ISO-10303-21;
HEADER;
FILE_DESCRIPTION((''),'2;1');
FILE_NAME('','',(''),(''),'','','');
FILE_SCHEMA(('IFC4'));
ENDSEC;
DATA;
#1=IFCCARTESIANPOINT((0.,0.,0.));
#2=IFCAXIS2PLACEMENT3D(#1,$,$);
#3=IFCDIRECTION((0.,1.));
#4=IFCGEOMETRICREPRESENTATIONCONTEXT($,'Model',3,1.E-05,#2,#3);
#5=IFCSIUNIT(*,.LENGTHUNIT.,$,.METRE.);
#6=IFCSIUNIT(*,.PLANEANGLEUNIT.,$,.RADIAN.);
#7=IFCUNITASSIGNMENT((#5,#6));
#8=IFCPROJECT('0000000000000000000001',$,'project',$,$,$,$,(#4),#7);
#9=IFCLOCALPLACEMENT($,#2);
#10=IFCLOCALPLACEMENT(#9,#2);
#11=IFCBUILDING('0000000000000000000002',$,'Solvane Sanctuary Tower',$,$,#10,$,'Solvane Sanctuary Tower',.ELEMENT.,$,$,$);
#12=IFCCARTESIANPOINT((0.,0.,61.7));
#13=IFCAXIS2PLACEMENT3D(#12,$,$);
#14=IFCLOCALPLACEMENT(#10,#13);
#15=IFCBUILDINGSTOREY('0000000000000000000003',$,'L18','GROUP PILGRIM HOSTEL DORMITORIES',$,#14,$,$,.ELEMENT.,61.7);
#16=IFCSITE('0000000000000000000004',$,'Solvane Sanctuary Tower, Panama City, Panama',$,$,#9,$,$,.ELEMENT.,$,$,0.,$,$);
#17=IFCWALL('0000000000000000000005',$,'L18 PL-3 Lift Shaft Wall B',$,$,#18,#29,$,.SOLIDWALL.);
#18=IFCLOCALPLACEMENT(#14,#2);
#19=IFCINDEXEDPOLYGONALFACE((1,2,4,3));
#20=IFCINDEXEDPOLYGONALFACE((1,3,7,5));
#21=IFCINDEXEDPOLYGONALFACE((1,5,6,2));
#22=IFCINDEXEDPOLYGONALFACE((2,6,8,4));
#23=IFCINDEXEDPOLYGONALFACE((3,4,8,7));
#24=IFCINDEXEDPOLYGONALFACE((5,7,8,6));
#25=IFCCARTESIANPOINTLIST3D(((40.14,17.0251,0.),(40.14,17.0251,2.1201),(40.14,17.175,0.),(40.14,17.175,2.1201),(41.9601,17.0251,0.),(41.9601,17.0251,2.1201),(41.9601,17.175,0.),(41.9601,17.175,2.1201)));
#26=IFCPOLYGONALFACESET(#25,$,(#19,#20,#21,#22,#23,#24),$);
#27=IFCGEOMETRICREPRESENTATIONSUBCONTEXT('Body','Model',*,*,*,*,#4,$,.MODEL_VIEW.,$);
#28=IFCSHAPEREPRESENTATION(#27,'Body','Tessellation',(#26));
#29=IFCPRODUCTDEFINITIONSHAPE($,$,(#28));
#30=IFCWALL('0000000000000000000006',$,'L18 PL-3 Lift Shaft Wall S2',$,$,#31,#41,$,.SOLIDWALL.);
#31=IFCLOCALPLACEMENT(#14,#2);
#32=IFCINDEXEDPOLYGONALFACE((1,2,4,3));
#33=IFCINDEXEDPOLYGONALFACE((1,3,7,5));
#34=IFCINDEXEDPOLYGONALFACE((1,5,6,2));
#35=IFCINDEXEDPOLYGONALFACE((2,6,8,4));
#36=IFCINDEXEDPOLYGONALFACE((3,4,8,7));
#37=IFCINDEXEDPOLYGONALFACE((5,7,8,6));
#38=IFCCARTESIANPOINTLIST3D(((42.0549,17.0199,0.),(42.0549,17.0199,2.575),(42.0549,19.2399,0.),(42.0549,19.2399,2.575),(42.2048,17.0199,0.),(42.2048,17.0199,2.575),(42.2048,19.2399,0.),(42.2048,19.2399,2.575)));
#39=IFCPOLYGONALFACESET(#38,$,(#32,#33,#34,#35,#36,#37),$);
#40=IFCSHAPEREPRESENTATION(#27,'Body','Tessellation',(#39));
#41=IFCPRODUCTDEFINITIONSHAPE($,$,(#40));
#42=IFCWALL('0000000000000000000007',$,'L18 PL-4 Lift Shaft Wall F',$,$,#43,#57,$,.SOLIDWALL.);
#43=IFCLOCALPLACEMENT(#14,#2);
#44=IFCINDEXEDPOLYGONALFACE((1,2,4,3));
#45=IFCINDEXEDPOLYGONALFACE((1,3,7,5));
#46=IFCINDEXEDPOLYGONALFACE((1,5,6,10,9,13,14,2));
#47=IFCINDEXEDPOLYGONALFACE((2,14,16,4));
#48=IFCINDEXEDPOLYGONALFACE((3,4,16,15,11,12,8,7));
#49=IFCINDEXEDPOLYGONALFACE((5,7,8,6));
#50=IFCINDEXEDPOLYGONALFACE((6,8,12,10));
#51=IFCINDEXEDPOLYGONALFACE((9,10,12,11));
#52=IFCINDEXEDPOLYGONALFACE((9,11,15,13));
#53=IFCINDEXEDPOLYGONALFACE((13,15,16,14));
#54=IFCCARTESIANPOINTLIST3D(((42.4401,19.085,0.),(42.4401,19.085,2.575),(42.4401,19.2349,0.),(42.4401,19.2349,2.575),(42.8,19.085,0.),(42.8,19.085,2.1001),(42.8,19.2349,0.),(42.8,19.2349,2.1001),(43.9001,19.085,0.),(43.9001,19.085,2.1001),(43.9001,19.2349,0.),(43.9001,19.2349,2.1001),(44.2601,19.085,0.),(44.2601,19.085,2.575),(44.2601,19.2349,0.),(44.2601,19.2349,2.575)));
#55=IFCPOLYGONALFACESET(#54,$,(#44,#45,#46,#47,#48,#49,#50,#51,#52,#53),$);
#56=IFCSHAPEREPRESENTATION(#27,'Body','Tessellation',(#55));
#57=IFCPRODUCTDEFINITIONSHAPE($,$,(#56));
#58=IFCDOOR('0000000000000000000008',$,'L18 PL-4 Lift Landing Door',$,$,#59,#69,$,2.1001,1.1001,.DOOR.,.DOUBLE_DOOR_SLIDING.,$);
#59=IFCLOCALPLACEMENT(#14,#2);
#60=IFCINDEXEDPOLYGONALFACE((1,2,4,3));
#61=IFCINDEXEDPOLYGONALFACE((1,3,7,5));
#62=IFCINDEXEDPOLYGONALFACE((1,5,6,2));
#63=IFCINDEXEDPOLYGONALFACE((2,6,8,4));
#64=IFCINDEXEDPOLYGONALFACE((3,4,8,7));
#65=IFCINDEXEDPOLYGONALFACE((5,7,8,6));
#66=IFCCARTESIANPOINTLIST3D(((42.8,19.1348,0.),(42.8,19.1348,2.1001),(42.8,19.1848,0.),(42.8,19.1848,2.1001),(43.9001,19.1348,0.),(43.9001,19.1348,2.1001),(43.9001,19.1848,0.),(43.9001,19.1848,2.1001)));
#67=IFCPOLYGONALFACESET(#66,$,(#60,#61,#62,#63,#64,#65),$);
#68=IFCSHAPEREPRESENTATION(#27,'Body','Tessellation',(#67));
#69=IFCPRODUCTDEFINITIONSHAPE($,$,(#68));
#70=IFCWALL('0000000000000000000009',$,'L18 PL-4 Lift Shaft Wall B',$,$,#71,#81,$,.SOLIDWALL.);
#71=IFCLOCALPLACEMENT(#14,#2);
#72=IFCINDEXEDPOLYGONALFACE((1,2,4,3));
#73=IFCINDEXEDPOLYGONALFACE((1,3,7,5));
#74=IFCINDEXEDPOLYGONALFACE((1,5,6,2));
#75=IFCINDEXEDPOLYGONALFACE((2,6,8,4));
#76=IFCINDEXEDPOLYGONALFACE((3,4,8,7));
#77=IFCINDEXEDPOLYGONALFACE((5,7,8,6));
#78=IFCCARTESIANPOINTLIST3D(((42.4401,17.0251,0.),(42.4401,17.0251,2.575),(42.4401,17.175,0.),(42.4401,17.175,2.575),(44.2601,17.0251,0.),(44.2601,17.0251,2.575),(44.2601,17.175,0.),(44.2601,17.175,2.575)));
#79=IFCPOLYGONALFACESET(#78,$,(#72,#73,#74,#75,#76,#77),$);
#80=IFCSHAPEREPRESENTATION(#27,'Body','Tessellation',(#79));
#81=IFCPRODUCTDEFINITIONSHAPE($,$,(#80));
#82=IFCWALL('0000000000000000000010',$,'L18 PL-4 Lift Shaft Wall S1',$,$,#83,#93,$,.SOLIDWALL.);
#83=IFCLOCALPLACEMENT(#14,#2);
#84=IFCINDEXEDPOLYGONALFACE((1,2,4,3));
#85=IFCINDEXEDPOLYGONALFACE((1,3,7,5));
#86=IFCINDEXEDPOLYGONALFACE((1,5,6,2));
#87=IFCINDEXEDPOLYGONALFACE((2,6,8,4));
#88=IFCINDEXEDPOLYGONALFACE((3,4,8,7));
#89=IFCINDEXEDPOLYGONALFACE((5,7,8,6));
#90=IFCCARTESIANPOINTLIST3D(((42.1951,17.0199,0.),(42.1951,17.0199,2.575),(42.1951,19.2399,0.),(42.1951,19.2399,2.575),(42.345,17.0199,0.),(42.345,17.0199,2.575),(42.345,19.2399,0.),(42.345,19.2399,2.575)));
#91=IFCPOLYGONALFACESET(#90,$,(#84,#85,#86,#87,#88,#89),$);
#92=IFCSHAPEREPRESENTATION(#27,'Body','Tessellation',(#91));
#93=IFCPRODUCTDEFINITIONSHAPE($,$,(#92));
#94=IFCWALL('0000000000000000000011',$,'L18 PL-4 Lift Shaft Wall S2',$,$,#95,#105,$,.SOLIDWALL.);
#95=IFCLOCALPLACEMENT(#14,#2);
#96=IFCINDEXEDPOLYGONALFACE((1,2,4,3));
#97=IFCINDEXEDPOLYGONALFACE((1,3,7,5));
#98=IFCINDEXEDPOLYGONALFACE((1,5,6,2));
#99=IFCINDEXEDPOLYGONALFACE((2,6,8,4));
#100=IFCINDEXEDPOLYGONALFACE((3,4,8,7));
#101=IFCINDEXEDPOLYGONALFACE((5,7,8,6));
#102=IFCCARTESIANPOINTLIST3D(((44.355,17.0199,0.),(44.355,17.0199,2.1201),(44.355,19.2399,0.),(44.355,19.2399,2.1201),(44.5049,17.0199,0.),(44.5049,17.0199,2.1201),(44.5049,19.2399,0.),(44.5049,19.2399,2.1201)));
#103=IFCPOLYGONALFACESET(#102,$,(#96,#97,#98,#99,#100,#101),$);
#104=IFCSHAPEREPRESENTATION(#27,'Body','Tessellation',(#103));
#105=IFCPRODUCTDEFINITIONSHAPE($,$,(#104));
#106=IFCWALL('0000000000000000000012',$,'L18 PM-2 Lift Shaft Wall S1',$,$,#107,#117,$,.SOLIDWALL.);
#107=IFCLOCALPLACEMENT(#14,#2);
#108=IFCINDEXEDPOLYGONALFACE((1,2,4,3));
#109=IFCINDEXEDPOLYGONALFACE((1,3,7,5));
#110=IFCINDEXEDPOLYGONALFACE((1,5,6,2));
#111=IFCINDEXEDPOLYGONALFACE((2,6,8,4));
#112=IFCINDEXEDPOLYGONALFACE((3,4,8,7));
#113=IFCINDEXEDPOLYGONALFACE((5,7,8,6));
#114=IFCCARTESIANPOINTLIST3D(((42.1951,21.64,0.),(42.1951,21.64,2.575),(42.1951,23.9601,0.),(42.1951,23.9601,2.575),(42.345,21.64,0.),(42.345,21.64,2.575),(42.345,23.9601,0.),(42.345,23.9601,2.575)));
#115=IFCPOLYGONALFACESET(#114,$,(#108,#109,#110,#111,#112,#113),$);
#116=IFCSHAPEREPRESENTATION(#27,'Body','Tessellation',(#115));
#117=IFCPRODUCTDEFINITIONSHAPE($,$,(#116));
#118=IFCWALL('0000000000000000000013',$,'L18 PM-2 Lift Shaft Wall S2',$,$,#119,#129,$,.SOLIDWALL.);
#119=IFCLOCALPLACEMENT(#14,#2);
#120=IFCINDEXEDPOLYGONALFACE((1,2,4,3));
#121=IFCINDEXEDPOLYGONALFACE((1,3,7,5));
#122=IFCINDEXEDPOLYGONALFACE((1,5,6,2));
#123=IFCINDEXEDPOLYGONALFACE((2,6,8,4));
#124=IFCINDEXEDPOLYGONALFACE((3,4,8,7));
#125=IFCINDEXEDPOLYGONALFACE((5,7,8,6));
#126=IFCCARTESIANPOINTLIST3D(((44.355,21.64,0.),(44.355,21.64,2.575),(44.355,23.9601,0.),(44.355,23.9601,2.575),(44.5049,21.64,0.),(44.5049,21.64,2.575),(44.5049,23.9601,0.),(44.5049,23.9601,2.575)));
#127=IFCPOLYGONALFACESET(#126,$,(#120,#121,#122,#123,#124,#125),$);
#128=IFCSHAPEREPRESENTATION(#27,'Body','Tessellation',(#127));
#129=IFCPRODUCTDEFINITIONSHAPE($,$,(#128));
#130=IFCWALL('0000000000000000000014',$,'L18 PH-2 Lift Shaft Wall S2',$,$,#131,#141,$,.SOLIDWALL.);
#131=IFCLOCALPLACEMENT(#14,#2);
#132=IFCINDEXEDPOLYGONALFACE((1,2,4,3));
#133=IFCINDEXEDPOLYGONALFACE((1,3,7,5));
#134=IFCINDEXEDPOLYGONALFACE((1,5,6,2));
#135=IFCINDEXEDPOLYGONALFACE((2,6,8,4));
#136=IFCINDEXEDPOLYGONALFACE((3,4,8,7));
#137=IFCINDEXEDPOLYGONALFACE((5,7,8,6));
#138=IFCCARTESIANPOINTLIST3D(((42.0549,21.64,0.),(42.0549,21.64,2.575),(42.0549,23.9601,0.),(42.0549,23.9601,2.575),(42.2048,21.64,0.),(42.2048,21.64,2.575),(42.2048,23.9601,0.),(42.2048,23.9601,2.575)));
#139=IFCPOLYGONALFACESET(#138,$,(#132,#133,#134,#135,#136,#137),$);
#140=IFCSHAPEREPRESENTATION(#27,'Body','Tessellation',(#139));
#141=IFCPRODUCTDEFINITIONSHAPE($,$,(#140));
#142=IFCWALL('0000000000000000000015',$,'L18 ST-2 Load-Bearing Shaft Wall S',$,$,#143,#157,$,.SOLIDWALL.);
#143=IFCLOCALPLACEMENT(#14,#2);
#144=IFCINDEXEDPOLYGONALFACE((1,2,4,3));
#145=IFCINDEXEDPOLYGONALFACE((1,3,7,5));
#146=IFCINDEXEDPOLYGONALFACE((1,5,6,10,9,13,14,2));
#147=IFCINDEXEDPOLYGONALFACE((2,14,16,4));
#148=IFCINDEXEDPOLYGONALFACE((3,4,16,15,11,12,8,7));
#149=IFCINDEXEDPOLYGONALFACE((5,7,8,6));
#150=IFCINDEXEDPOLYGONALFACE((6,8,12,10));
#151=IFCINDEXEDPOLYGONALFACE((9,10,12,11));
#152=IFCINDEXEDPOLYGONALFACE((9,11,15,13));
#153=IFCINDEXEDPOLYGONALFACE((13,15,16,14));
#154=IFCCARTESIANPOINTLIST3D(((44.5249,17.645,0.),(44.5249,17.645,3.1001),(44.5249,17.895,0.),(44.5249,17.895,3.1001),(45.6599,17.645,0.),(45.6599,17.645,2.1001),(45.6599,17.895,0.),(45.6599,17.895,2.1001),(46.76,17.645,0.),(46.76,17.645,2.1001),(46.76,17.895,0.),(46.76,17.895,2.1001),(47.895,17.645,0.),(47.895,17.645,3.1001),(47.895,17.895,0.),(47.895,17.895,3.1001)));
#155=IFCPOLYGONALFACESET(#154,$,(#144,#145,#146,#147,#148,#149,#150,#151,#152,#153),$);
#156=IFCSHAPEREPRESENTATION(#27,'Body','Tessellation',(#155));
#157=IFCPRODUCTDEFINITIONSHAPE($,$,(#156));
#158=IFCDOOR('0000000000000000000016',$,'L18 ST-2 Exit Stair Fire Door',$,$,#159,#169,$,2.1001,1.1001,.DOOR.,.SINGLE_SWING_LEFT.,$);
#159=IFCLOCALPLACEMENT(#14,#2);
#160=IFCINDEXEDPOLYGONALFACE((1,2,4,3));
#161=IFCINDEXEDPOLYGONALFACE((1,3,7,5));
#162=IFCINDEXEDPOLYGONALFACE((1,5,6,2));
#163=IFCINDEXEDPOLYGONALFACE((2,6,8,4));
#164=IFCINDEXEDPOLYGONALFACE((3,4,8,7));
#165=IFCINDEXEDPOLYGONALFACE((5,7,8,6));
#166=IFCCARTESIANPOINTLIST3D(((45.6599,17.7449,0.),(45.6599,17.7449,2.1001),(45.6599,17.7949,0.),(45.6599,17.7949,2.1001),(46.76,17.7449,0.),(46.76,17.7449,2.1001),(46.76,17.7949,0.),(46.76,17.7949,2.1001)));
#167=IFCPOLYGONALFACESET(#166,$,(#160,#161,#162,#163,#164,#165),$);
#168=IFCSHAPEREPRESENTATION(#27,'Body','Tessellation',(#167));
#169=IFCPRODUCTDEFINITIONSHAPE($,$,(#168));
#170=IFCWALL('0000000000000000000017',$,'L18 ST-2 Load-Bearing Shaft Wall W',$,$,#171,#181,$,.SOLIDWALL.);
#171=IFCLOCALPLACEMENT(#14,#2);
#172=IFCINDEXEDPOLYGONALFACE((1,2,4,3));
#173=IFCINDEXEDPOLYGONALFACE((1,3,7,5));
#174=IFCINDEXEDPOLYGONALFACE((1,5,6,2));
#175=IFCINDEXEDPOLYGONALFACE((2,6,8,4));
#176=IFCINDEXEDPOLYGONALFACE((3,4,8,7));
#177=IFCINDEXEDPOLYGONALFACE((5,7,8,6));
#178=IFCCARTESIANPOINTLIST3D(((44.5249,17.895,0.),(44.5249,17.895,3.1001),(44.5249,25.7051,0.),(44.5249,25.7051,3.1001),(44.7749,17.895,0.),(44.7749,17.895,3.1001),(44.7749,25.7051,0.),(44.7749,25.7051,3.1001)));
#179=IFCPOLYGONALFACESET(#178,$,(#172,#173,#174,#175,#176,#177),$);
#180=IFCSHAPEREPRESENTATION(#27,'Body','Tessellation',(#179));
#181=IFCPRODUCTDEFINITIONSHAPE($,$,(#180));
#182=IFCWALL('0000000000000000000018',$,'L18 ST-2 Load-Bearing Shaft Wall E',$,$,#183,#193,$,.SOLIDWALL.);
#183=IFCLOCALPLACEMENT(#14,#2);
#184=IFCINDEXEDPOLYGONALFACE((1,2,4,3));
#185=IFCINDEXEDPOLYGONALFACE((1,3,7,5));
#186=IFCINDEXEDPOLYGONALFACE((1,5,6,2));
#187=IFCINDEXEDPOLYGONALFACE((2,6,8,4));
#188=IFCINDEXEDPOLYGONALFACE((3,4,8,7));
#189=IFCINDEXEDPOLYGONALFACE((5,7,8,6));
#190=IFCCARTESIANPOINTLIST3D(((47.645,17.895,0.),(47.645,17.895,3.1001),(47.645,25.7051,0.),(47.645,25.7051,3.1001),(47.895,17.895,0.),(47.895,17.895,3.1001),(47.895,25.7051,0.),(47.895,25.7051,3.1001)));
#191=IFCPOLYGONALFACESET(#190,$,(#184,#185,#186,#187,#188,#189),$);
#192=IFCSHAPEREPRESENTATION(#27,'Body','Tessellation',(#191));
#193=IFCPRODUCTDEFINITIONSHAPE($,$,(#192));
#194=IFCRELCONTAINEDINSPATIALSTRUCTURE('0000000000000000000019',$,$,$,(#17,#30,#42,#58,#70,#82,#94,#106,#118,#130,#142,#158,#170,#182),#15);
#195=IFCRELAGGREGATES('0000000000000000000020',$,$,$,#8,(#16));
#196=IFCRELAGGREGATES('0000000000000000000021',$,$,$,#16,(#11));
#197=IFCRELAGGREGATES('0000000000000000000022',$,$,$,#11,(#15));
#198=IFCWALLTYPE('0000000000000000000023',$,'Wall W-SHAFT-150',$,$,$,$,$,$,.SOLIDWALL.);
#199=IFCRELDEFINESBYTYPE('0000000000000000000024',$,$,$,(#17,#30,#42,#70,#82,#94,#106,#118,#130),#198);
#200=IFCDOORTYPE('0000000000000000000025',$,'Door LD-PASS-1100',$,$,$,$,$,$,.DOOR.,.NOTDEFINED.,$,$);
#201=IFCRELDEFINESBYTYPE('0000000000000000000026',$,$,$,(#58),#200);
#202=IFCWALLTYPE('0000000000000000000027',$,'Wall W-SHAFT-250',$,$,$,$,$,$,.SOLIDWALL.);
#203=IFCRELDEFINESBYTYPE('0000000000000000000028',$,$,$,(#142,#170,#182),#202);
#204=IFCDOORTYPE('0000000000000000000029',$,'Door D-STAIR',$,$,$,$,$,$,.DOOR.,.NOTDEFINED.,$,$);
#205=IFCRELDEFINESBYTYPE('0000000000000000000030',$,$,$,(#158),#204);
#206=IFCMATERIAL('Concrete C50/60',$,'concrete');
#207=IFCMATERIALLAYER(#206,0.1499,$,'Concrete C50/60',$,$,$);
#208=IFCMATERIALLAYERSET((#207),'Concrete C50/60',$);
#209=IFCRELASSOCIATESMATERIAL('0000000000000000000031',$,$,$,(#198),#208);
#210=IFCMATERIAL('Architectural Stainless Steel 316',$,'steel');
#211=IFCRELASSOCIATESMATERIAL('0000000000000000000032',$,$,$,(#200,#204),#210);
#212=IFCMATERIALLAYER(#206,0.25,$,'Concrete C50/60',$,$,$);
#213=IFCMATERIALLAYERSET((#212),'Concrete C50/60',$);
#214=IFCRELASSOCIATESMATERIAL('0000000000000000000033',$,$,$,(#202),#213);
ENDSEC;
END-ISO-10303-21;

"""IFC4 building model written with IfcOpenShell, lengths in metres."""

from ifc_helpers import new_model, si_unit, direction, frame, frame_2d, origin, place, context, subcontext, project, spatial, rectangle, extrude, material, layer, layer_set, type_object, element, fill, save


model = new_model("IFC4")

# Units and contexts
model_context = context("Model", 3, precision=1e-05, world=origin(), true_north=direction((0.0, 1.0)))
body_context = subcontext(model_context, "Body", "Model", "MODEL_VIEW")
ifc_project = project(units=[si_unit("LENGTHUNIT", "METRE"), si_unit("PLANEANGLEUNIT", "RADIAN")], contexts=[model_context])

# Site, building, storey
site_placement = place(None, origin())
site = spatial("IfcSite", under=ifc_project, at=site_placement, Name="Solvane Sanctuary Tower, Panama City, Panama", CompositionType="ELEMENT", RefElevation=0.0)
building_placement = place(site_placement, origin())
building = spatial("IfcBuilding", under=site, at=building_placement, Name="Solvane Sanctuary Tower", LongName="Solvane Sanctuary Tower", CompositionType="ELEMENT")
storey_placement = place(building_placement, frame((0.0, 0.0, 61.7)))
storey = spatial("IfcBuildingStorey", under=building, at=storey_placement, Name="L18", Description="GROUP PILGRIM HOSTEL DORMITORIES", CompositionType="ELEMENT", Elevation=61.7)

# Shared definitions
ifc_material_1 = material(Name="Concrete C50/60", Category="concrete")
ifc_layer_1 = layer(ifc_material_1, 0.1499, Name="Concrete C50/60")
ifc_layer_set_1 = layer_set([ifc_layer_1], Name="Concrete C50/60")
wall_type_1 = type_object("IfcWallType", Name="Wall W-SHAFT-150", PredefinedType="SOLIDWALL", material=ifc_layer_set_1)
ifc_material_2 = material(Name="Architectural Stainless Steel 316", Category="steel")
door_type_1 = type_object("IfcDoorType", Name="Door LD-PASS-1100", OperationType="NOTDEFINED", PredefinedType="DOOR", material=ifc_material_2)

# Walls
wall_1_placement = place(storey_placement, frame((40.1399, 17.1001, 0.0), z_axis=(0.0, 0.0, 1.0), x_axis=(1.0, 0.0, 0.0)))
element("IfcWall", 1, at=wall_1_placement, inside=storey, type_object=wall_type_1, Name="L18 PL-3 Lift Shaft Wall B", PredefinedType="SOLIDWALL", context=body_context, shape_type="SweptSolid", body=[
    extrude(rectangle(XDim=1.8201, YDim=0.1499, at=frame_2d((0.9102, 0.0))), origin(), (0.0, 0.0, 1.0), 2.1201),
])
wall_2_placement = place(storey_placement, frame((42.1299, 17.02, 0.0), z_axis=(0.0, 0.0, 1.0), x_axis=(0.0, 1.0, 0.0)))
element("IfcWall", 2, at=wall_2_placement, inside=storey, type_object=wall_type_1, Name="L18 PL-3 Lift Shaft Wall S2", PredefinedType="SOLIDWALL", context=body_context, shape_type="SweptSolid", body=[
    extrude(rectangle(XDim=2.22, YDim=0.1499, at=frame_2d((1.1099, 0.0))), origin(), (0.0, 0.0, 1.0), 2.575),
])

# Wall, opening, door
wall_3_placement = place(storey_placement, frame((42.4399, 19.1599, 0.0), z_axis=(0.0, 0.0, 1.0), x_axis=(1.0, 0.0, 0.0)))
wall_3 = element("IfcWall", 3, at=wall_3_placement, inside=storey, type_object=wall_type_1, Name="L18 PL-4 Lift Shaft Wall F", PredefinedType="SOLIDWALL", context=body_context, shape_type="SweptSolid", body=[
    extrude(rectangle(XDim=1.8201, YDim=0.1499, at=frame_2d((0.9102, 0.0))), origin(), (0.0, 0.0, 1.0), 2.575),
])
opening_1_placement = place(wall_3_placement, frame((0.3601, 0.0, 0.0)))
opening_1 = element("IfcOpeningElement", 4, at=opening_1_placement, cuts=wall_3, PredefinedType="OPENING", context=body_context, shape_type="SweptSolid", body=[
    extrude(rectangle(XDim=1.1001, YDim=2.1001, at=frame_2d((0.55, 1.05))), frame((0.0, 0.085, 0.0), z_axis=(0.0, -1.0, 0.0), x_axis=(1.0, 0.0, 0.0)), (0.0, 0.0, 1.0), 0.1699),
])
door_1_placement = place(opening_1_placement, origin())
door_1 = element("IfcDoor", 5, at=door_1_placement, inside=storey, type_object=door_type_1, Name="L18 PL-4 Lift Landing Door", OperationType="DOUBLE_DOOR_SLIDING", OverallHeight=2.1001, OverallWidth=1.1001, PredefinedType="DOOR", context=body_context, shape_type="SweptSolid", body=[
    extrude(rectangle(XDim=1.1001, YDim=2.1001, at=frame_2d((0.55, 1.05))), frame((0.0, 0.0249, 0.0), z_axis=(0.0, -1.0, 0.0), x_axis=(1.0, 0.0, 0.0)), (0.0, 0.0, 1.0), 0.05),
])
fill(opening_1, door_1)

# Walls
wall_4_placement = place(storey_placement, frame((42.4399, 17.1001, 0.0), z_axis=(0.0, 0.0, 1.0), x_axis=(1.0, 0.0, 0.0)))
element("IfcWall", 6, at=wall_4_placement, inside=storey, type_object=wall_type_1, Name="L18 PL-4 Lift Shaft Wall B", PredefinedType="SOLIDWALL", context=body_context, shape_type="SweptSolid", body=[
    extrude(rectangle(XDim=1.8201, YDim=0.1499, at=frame_2d((0.9102, 0.0))), origin(), (0.0, 0.0, 1.0), 2.575),
])
wall_5_placement = place(storey_placement, frame((42.27, 17.02, 0.0), z_axis=(0.0, 0.0, 1.0), x_axis=(0.0, 1.0, 0.0)))
element("IfcWall", 7, at=wall_5_placement, inside=storey, type_object=wall_type_1, Name="L18 PL-4 Lift Shaft Wall S1", PredefinedType="SOLIDWALL", context=body_context, shape_type="SweptSolid", body=[
    extrude(rectangle(XDim=2.22, YDim=0.1499, at=frame_2d((1.1099, 0.0))), origin(), (0.0, 0.0, 1.0), 2.575),
])
wall_6_placement = place(storey_placement, frame((44.4299, 17.02, 0.0), z_axis=(0.0, 0.0, 1.0), x_axis=(0.0, 1.0, 0.0)))
element("IfcWall", 8, at=wall_6_placement, inside=storey, type_object=wall_type_1, Name="L18 PL-4 Lift Shaft Wall S2", PredefinedType="SOLIDWALL", context=body_context, shape_type="SweptSolid", body=[
    extrude(rectangle(XDim=2.22, YDim=0.1499, at=frame_2d((1.1099, 0.0))), origin(), (0.0, 0.0, 1.0), 2.1201),
])
for number, where, z_axis, x_axis, name in (
    (9, (42.27, 21.6399, 0.0), (0.0, 0.0, 1.0), (0.0, 1.0, 0.0), "L18 PM-2 Lift Shaft Wall S1"),
    (10, (44.4299, 21.6399, 0.0), (0.0, 0.0, 1.0), (0.0, 1.0, 0.0), "L18 PM-2 Lift Shaft Wall S2"),
    (11, (42.1299, 21.6399, 0.0), (0.0, 0.0, 1.0), (0.0, 1.0, 0.0), "L18 PH-2 Lift Shaft Wall S2"),
):
    element("IfcWall", number, at=place(storey_placement, frame(where, z_axis=z_axis, x_axis=x_axis)), inside=storey, type_object=wall_type_1, Name=name, PredefinedType="SOLIDWALL", context=body_context, shape_type="SweptSolid", body=[
        extrude(rectangle(XDim=2.3201, YDim=0.1499, at=frame_2d((1.1602, 0.0))), origin(), (0.0, 0.0, 1.0), 2.575),
    ])

# Wall, opening, door
ifc_layer_2 = layer(ifc_material_1, 0.25, Name="Concrete C50/60")
ifc_layer_set_2 = layer_set([ifc_layer_2], Name="Concrete C50/60")
wall_type_2 = type_object("IfcWallType", Name="Wall W-SHAFT-250", PredefinedType="SOLIDWALL", material=ifc_layer_set_2)
wall_7_placement = place(storey_placement, frame((44.5249, 17.77, 0.0), z_axis=(0.0, 0.0, 1.0), x_axis=(1.0, 0.0, 0.0)))
wall_7 = element("IfcWall", 12, at=wall_7_placement, inside=storey, type_object=wall_type_2, Name="L18 ST-2 Load-Bearing Shaft Wall S", PredefinedType="SOLIDWALL", context=body_context, shape_type="SweptSolid", body=[
    extrude(rectangle(XDim=3.3701, YDim=0.25, at=frame_2d((1.6851, 0.0))), origin(), (0.0, 0.0, 1.0), 3.1001),
])
opening_2_placement = place(wall_7_placement, frame((1.135, 0.0, 0.0)))
opening_2 = element("IfcOpeningElement", 13, at=opening_2_placement, cuts=wall_7, PredefinedType="OPENING", context=body_context, shape_type="SweptSolid", body=[
    extrude(rectangle(XDim=1.1001, YDim=2.1001, at=frame_2d((0.55, 1.05))), frame((0.0, 0.135, 0.0), z_axis=(0.0, -1.0, 0.0), x_axis=(1.0, 0.0, 0.0)), (0.0, 0.0, 1.0), 0.27),
])
door_type_2 = type_object("IfcDoorType", Name="Door D-STAIR", OperationType="NOTDEFINED", PredefinedType="DOOR", material=ifc_material_2)
door_2_placement = place(opening_2_placement, origin())
door_2 = element("IfcDoor", 14, at=door_2_placement, inside=storey, type_object=door_type_2, Name="L18 ST-2 Exit Stair Fire Door", OperationType="SINGLE_SWING_LEFT", OverallHeight=2.1001, OverallWidth=1.1001, PredefinedType="DOOR", context=body_context, shape_type="SweptSolid", body=[
    extrude(rectangle(XDim=1.1001, YDim=2.1001, at=frame_2d((0.55, 1.05))), frame((0.0, 0.0249, 0.0), z_axis=(0.0, -1.0, 0.0), x_axis=(1.0, 0.0, 0.0)), (0.0, 0.0, 1.0), 0.05),
])
fill(opening_2, door_2)

# Walls
for number, where, z_axis, x_axis, name in (
    (15, (44.6499, 17.895, 0.0), (0.0, 0.0, 1.0), (0.0, 1.0, 0.0), "L18 ST-2 Load-Bearing Shaft Wall W"),
    (16, (47.77, 17.895, 0.0), (0.0, 0.0, 1.0), (0.0, 1.0, 0.0), "L18 ST-2 Load-Bearing Shaft Wall E"),
):
    element("IfcWall", number, at=place(storey_placement, frame(where, z_axis=z_axis, x_axis=x_axis)), inside=storey, type_object=wall_type_2, Name=name, PredefinedType="SOLIDWALL", context=body_context, shape_type="SweptSolid", body=[
        extrude(rectangle(XDim=7.8101, YDim=0.25, at=frame_2d((3.905, 0.0))), origin(), (0.0, 0.0, 1.0), 3.1001),
    ])

save(model, "model.ifc")
